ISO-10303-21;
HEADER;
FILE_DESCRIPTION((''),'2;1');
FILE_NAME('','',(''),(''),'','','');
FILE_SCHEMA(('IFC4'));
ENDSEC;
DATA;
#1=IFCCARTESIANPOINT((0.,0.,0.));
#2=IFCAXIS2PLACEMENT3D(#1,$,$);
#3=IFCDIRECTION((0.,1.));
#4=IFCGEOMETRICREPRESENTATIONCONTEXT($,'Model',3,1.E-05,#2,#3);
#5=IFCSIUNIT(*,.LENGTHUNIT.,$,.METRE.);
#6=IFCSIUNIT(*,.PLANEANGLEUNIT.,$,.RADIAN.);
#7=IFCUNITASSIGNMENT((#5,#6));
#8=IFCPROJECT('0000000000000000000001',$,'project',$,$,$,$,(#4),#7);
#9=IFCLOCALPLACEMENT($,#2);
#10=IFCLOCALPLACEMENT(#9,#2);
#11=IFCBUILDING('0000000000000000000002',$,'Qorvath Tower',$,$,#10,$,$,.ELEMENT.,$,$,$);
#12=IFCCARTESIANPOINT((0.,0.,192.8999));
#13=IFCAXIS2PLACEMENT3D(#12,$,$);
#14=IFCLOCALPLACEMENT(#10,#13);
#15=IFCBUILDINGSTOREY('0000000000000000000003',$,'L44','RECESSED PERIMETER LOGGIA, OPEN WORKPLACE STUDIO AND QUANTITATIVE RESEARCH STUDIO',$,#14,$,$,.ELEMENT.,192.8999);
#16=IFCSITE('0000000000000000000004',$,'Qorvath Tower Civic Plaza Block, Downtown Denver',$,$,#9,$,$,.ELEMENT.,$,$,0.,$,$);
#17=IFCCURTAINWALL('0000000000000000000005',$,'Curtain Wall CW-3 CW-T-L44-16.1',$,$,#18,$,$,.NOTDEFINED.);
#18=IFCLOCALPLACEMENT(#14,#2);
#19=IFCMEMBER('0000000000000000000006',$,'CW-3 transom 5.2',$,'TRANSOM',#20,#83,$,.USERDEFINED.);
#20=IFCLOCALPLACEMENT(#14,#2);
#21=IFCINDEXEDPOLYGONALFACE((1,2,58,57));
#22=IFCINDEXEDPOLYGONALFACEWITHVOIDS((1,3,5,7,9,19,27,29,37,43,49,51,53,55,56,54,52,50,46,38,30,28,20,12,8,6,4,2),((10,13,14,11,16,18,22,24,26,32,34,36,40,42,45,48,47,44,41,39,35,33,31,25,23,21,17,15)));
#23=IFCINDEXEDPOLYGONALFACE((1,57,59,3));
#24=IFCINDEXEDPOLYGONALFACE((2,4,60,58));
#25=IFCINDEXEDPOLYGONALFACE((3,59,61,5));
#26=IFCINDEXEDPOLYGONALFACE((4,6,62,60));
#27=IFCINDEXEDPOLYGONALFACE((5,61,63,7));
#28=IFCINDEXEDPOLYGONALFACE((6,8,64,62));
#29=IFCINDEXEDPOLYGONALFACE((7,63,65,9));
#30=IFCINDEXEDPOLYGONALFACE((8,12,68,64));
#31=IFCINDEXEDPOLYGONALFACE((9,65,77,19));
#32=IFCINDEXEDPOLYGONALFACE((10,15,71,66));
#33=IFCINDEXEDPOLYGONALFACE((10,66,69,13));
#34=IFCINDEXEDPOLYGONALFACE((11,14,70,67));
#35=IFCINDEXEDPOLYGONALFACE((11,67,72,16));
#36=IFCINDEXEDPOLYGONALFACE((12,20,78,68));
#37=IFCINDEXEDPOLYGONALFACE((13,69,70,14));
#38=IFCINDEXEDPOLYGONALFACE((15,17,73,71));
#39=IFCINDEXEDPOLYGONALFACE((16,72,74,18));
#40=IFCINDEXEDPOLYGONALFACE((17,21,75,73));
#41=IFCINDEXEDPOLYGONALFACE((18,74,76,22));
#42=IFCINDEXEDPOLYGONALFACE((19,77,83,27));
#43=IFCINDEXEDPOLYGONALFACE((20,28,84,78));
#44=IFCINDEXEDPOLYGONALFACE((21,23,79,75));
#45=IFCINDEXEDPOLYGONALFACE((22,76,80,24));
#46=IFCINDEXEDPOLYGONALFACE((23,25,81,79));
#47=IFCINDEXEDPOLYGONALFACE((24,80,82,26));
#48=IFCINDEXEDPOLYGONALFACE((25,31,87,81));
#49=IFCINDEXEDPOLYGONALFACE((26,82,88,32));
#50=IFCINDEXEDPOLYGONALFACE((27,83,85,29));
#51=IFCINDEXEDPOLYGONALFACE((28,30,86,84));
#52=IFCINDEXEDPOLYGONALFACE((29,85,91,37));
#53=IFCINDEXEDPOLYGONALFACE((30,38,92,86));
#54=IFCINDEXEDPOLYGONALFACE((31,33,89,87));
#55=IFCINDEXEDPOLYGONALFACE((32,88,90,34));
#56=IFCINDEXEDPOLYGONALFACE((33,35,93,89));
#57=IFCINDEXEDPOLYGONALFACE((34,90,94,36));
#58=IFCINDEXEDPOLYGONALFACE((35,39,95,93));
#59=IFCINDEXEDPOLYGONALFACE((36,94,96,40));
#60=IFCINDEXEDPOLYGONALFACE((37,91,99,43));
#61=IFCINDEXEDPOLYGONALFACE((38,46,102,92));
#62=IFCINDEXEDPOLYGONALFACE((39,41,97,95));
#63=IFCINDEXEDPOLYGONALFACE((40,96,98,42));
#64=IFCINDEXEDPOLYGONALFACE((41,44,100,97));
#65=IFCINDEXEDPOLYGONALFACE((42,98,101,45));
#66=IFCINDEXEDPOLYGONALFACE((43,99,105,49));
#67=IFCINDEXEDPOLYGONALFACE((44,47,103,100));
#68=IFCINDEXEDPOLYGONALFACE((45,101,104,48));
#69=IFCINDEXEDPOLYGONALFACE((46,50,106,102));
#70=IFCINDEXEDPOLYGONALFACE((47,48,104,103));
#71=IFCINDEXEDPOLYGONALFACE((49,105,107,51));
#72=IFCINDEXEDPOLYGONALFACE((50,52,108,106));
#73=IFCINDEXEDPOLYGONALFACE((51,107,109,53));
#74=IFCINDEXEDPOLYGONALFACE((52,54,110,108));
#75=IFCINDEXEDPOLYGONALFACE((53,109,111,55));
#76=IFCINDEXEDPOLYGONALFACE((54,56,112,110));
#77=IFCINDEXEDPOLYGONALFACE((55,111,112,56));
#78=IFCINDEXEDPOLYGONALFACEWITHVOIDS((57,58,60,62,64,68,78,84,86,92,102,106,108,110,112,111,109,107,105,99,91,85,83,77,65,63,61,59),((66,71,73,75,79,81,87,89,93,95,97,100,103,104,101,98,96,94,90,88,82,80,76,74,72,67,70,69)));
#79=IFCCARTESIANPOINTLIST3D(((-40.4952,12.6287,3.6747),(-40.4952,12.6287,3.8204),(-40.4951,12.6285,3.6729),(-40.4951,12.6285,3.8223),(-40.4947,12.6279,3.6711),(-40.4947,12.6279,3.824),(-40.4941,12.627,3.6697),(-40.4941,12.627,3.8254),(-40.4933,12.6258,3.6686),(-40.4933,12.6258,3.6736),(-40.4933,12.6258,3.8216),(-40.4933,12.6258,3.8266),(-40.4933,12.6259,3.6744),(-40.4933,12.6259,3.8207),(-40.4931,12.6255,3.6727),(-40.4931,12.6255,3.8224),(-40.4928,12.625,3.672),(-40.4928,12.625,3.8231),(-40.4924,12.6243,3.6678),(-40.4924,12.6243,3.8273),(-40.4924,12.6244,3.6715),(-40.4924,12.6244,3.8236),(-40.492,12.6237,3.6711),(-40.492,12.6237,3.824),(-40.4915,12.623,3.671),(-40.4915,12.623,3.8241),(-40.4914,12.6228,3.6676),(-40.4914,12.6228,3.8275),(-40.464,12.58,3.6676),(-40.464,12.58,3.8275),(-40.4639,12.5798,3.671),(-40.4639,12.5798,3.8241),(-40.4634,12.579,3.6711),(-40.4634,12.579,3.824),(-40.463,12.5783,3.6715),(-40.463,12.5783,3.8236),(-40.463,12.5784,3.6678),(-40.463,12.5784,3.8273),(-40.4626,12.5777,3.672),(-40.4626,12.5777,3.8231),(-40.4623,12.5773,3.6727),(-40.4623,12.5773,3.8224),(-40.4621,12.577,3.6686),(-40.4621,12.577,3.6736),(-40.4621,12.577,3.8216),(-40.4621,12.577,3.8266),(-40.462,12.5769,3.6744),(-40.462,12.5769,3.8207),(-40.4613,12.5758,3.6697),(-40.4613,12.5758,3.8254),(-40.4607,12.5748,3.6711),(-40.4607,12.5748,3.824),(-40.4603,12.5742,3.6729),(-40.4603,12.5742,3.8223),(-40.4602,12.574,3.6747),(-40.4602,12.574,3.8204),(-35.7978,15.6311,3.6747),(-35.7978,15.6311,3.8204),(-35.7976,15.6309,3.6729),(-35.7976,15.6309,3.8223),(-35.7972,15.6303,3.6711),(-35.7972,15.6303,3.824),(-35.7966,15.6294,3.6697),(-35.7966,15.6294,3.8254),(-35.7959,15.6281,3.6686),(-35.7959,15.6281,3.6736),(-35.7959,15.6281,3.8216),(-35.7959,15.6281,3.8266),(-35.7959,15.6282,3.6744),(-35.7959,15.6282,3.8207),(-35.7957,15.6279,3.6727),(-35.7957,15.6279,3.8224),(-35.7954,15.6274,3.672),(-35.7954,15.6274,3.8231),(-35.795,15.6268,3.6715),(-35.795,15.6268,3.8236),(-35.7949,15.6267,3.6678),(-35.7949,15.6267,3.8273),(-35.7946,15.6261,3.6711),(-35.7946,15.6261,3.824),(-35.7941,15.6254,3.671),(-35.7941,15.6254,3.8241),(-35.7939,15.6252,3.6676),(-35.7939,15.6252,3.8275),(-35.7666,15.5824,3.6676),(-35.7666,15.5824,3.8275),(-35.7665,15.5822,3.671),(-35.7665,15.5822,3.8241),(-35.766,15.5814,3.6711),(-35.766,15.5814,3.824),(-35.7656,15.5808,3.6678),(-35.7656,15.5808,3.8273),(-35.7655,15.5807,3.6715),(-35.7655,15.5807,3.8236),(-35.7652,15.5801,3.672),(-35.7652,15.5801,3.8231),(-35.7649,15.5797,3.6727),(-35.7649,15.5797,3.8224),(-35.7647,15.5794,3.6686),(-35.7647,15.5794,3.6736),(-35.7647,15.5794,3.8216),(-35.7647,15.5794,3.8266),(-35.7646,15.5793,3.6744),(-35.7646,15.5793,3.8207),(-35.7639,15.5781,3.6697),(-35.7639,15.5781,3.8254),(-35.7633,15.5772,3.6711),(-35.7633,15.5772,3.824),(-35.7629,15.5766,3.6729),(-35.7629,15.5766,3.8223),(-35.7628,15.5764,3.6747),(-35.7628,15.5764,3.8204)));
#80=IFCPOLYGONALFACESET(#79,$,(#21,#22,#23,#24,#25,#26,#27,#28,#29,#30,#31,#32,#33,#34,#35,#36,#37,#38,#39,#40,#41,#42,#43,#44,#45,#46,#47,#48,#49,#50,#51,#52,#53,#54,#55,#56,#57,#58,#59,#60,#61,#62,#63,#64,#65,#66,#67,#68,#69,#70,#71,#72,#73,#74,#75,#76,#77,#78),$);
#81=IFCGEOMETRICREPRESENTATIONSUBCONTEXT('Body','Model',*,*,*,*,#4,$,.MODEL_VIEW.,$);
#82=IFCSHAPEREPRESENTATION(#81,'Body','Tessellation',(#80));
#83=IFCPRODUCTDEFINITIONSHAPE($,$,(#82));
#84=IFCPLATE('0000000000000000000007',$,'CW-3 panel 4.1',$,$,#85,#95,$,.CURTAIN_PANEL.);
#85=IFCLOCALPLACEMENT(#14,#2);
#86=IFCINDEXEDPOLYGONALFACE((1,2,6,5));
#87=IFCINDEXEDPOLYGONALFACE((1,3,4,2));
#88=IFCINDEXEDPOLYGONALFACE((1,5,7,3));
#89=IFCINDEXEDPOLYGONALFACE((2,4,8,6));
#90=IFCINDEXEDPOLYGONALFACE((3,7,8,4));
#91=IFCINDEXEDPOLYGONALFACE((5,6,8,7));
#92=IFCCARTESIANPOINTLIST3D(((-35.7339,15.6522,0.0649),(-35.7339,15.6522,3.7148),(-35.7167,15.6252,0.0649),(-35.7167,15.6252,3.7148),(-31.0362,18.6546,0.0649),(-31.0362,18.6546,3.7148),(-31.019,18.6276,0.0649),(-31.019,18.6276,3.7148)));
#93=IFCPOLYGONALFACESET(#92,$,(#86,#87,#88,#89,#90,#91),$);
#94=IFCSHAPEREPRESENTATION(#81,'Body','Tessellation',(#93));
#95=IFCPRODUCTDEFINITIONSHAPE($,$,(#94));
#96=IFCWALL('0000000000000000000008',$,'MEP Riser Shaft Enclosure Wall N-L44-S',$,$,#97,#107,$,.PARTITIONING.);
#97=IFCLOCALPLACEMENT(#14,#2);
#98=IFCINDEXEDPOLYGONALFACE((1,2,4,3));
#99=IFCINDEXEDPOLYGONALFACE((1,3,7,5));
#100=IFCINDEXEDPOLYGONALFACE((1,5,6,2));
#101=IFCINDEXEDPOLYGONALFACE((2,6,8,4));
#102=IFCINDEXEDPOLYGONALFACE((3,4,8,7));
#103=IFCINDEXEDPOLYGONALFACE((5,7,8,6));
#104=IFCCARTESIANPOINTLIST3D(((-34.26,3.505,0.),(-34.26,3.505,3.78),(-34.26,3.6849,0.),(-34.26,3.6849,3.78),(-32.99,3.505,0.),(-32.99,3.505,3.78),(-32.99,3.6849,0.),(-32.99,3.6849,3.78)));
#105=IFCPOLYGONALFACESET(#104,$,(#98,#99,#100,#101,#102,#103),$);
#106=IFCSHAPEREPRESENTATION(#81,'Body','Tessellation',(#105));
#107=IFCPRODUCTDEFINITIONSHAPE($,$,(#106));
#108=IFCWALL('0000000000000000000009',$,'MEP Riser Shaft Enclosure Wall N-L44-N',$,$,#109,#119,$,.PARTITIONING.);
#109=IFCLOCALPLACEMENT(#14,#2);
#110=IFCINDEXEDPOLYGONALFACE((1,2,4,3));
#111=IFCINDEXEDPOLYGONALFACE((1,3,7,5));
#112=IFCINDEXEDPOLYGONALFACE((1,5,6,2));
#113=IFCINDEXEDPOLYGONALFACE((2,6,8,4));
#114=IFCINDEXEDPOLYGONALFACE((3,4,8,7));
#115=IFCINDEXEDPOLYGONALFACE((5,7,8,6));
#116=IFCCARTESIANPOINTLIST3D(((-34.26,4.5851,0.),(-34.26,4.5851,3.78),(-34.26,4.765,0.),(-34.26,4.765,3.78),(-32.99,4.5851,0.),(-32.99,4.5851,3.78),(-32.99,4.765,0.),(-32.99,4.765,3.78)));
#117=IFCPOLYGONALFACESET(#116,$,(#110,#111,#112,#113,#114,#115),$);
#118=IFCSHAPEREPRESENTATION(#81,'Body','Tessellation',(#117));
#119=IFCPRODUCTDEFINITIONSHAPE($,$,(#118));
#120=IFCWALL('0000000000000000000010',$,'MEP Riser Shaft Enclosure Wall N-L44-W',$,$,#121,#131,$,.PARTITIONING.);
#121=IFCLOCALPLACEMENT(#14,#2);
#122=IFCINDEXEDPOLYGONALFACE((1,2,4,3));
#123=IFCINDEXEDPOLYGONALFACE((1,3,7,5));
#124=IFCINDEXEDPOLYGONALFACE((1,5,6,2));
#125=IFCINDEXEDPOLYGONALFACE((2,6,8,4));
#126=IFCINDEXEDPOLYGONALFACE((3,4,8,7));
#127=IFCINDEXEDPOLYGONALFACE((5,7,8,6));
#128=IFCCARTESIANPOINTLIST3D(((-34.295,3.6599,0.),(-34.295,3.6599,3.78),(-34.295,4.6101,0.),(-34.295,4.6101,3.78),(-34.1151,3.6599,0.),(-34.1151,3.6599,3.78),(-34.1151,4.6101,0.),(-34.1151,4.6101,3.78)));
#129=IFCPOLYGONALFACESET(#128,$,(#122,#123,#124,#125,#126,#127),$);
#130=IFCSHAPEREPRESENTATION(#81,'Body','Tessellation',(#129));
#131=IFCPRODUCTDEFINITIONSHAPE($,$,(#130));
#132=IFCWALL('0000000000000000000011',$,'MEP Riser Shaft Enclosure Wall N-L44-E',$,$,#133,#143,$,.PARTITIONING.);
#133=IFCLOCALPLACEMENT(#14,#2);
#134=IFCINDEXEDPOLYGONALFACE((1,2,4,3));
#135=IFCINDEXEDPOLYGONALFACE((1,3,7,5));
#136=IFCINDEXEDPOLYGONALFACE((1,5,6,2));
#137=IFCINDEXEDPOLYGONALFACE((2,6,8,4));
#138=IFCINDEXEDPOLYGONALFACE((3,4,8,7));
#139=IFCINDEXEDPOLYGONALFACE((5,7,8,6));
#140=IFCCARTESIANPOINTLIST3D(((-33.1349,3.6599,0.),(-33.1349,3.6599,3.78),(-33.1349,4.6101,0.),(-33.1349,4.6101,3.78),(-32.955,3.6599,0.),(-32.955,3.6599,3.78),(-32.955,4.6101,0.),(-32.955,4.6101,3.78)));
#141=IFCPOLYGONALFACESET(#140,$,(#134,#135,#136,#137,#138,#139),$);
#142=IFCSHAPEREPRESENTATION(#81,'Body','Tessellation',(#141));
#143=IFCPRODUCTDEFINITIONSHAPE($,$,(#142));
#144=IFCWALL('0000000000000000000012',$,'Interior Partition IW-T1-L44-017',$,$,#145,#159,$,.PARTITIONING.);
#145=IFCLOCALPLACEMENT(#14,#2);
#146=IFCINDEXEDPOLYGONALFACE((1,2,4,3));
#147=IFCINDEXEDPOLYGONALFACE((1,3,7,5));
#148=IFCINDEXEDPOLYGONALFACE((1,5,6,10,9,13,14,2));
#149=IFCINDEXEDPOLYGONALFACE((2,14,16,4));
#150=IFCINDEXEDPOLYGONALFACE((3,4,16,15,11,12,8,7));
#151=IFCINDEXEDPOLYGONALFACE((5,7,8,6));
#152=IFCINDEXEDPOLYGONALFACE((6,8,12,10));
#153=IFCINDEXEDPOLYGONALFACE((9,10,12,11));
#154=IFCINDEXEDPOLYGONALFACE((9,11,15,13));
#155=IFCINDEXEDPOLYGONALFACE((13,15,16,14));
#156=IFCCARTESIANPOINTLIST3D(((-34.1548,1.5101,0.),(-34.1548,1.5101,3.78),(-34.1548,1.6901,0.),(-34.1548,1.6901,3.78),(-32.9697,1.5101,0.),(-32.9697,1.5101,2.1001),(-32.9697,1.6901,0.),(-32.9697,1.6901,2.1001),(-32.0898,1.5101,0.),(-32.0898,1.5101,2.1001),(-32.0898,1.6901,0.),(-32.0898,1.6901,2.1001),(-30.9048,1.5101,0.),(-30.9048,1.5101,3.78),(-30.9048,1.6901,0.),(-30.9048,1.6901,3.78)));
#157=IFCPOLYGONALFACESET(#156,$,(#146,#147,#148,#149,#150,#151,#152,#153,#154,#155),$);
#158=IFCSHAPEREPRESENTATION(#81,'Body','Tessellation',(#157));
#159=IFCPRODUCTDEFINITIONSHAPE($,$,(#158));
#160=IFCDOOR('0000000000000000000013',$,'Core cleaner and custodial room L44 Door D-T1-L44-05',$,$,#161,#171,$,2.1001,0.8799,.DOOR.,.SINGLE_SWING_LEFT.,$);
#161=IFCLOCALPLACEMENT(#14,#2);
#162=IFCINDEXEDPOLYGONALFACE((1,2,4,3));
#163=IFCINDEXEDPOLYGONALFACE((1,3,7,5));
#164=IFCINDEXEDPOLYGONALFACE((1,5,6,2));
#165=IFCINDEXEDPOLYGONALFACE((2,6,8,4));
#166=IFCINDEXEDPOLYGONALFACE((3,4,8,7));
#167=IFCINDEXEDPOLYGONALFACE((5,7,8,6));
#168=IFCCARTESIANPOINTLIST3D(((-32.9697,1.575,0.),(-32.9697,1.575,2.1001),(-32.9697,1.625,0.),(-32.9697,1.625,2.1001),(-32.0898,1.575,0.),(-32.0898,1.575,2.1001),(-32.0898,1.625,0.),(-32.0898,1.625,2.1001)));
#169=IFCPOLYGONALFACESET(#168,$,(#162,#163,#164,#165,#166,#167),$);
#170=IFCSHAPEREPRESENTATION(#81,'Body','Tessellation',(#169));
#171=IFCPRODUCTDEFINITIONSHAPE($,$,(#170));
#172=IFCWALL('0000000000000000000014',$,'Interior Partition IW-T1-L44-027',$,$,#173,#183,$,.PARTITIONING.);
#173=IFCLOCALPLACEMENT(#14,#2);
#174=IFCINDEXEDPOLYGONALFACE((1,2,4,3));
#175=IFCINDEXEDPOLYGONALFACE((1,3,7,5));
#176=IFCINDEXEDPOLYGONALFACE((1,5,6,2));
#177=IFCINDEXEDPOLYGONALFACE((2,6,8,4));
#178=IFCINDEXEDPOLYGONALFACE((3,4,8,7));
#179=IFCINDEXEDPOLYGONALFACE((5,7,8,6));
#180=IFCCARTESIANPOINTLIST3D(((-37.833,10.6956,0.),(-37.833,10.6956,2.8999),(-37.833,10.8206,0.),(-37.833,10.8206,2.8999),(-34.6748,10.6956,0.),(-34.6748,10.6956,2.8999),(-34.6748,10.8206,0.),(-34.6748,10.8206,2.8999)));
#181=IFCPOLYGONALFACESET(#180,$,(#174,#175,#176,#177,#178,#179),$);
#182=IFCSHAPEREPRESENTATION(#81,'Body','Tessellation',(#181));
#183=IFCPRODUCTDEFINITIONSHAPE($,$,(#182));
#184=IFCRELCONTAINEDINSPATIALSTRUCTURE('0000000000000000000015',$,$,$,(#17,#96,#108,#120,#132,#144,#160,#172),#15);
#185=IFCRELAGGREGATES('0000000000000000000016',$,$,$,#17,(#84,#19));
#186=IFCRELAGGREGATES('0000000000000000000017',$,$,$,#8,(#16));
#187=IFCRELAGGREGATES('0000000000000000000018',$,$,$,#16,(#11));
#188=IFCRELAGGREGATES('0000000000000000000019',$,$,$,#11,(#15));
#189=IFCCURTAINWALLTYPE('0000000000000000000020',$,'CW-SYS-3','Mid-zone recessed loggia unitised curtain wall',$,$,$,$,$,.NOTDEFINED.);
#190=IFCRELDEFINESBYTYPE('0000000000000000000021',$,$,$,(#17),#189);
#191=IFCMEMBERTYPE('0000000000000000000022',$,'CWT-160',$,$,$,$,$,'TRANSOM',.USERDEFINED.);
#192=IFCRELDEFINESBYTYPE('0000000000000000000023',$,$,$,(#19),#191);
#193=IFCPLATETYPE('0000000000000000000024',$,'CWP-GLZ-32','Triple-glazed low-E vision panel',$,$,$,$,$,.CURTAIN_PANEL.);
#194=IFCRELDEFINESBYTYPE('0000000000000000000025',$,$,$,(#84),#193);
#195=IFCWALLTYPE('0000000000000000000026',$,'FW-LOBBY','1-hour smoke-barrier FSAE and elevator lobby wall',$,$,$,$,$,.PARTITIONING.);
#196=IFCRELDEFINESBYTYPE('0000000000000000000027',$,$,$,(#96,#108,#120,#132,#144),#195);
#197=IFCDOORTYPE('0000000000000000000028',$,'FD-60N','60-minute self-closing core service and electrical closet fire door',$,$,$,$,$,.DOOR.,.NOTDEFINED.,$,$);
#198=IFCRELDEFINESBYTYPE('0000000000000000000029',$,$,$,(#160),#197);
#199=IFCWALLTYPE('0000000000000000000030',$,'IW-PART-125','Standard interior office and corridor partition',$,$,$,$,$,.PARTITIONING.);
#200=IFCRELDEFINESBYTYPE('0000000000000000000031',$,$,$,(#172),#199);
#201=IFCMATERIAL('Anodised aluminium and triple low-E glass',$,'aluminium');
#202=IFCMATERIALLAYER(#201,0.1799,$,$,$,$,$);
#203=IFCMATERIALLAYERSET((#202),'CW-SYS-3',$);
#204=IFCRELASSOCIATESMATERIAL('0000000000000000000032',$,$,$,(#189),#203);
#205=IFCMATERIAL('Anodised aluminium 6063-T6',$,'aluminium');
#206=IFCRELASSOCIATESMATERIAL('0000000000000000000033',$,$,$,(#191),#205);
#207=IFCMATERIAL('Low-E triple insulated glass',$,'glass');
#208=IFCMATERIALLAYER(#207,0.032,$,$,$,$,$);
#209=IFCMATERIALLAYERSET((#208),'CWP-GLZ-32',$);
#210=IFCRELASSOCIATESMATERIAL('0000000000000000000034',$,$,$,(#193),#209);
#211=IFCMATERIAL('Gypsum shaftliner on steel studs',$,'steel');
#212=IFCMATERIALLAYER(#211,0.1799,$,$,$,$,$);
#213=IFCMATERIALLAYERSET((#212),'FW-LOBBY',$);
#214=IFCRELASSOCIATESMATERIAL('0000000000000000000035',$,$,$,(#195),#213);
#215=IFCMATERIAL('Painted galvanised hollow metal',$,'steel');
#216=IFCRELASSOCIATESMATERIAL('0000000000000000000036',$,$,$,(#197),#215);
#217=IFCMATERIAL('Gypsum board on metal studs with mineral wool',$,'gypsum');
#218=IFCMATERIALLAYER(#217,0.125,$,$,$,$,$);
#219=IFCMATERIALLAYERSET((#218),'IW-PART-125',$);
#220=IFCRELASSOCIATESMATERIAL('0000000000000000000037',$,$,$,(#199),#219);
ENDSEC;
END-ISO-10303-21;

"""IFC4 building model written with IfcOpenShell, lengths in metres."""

from ifc_helpers import new_model, si_unit, direction, frame, frame_2d, origin, origin_2d, place, context, subcontext, project, spatial, rectangle, hollow_rectangle, extrude, material, layer, layer_set, material_profile, profile_set, type_object, element, fill, aggregate, save


model = new_model("IFC4")

# Units and contexts
model_context = context("Model", 3, precision=1e-05, world=origin(), true_north=direction((0.0, 1.0)))
body_context = subcontext(model_context, "Body", "Model", "MODEL_VIEW")
ifc_project = project(units=[si_unit("LENGTHUNIT", "METRE"), si_unit("PLANEANGLEUNIT", "RADIAN")], contexts=[model_context])

# Site, building, storey
site_placement = place(None, origin())
site = spatial("IfcSite", under=ifc_project, at=site_placement, Name="Qorvath Tower Civic Plaza Block, Downtown Denver", CompositionType="ELEMENT", RefElevation=0.0)
building_placement = place(site_placement, origin())
building = spatial("IfcBuilding", under=site, at=building_placement, Name="Qorvath Tower", CompositionType="ELEMENT")
storey_placement = place(building_placement, frame((0.0, 0.0, 192.8999)))
storey = spatial("IfcBuildingStorey", under=building, at=storey_placement, Name="L44", Description="RECESSED PERIMETER LOGGIA, OPEN WORKPLACE STUDIO AND QUANTITATIVE RESEARCH STUDIO", CompositionType="ELEMENT", Elevation=192.8999)

# Curtain wall, member, plate
ifc_material_1 = material(Name="Anodised aluminium and triple low-E glass", Category="aluminium")
ifc_layer_1 = layer(ifc_material_1, 0.1799)
ifc_layer_set_1 = layer_set([ifc_layer_1], Name="CW-SYS-3")
curtain_wall_type = type_object("IfcCurtainWallType", Name="CW-SYS-3", Description="Mid-zone recessed loggia unitised curtain wall", PredefinedType="NOTDEFINED", material=ifc_layer_set_1)
curtain_wall_placement = place(storey_placement, origin())
curtain_wall = element("IfcCurtainWall", 1, at=curtain_wall_placement, inside=storey, type_object=curtain_wall_type, Name="Curtain Wall CW-3 CW-T-L44-16.1", PredefinedType="NOTDEFINED")
ifc_material_2 = material(Name="Anodised aluminium 6063-T6", Category="aluminium")
ifc_material_profile_1 = material_profile(ifc_material_2, hollow_rectangle(XDim=0.0649, YDim=0.1599, WallThickness=0.0034, InnerFilletRadius=0.0034, OuterFilletRadius=0.0071, at=origin_2d()), Name="CWT 160x65")
ifc_profile_set_1 = profile_set([ifc_material_profile_1], Name="Anodised aluminium 6063-T6")
member_type_1 = type_object("IfcMemberType", Name="CWT-160", ElementType="TRANSOM", PredefinedType="USERDEFINED", material=ifc_profile_set_1)
member_1_placement = place(storey_placement, frame((-35.7803, 15.6038, 3.7476), z_axis=(-0.842594, -0.538549, 0.0), x_axis=(0.538549, -0.842594, 0.0)))
member_1 = element("IfcMember", 2, at=member_1_placement, type_object=member_type_1, Name="CW-3 transom 5.2", ObjectType="TRANSOM", PredefinedType="USERDEFINED", context=body_context, shape_type="SweptSolid", body=[
    extrude(hollow_rectangle(XDim=0.0649, YDim=0.1599, WallThickness=0.0034, InnerFilletRadius=0.0034, OuterFilletRadius=0.0071, at=origin_2d()), origin(), (0.0, 0.0, 1.0), 5.575),
])
ifc_material_3 = material(Name="Low-E triple insulated glass", Category="glass")
ifc_layer_2 = layer(ifc_material_3, 0.032)
ifc_layer_set_2 = layer_set([ifc_layer_2], Name="CWP-GLZ-32")
plate_type = type_object("IfcPlateType", Name="CWP-GLZ-32", Description="Triple-glazed low-E vision panel", PredefinedType="CURTAIN_PANEL", material=ifc_layer_set_2)
plate_placement = place(storey_placement, frame((-33.3765, 17.1399, 0.0649), z_axis=(0.0, 0.0, 1.0), x_axis=(-0.842604, -0.538534, 0.0)))
plate = element("IfcPlate", 3, at=plate_placement, type_object=plate_type, Name="CW-3 panel 4.1", PredefinedType="CURTAIN_PANEL", context=body_context, shape_type="SweptSolid", body=[
    extrude(rectangle(XDim=5.5752, YDim=0.032, at=origin_2d()), origin(), (0.0, 0.0, 1.0), 3.6499),
])
aggregate(curtain_wall, [plate, member_1])

# Walls
ifc_material_4 = material(Name="Gypsum shaftliner on steel studs", Category="steel")
ifc_layer_3 = layer(ifc_material_4, 0.1799)
ifc_layer_set_3 = layer_set([ifc_layer_3], Name="FW-LOBBY")
wall_type_1 = type_object("IfcWallType", Name="FW-LOBBY", Description="1-hour smoke-barrier FSAE and elevator lobby wall", PredefinedType="PARTITIONING", material=ifc_layer_set_3)
for number, where, z_axis, x_axis, name in (
    (4, (-32.99, 3.595, 0.0), (0.0, 0.0, 1.0), (-1.0, 0.0, 0.0), "MEP Riser Shaft Enclosure Wall N-L44-S"),
    (5, (-34.26, 4.675, 0.0), (0.0, 0.0, 1.0), (1.0, 0.0, 0.0), "MEP Riser Shaft Enclosure Wall N-L44-N"),
):
    element("IfcWall", number, at=place(storey_placement, frame(where, z_axis=z_axis, x_axis=x_axis)), inside=storey, type_object=wall_type_1, Name=name, PredefinedType="PARTITIONING", context=body_context, shape_type="SweptSolid", body=[
        extrude(rectangle(XDim=1.27, YDim=0.1799, at=frame_2d((0.635, 0.0))), origin(), (0.0, 0.0, 1.0), 3.78),
    ])
for number, where, z_axis, x_axis, name in (
    (6, (-34.2051, 3.6599, 0.0), (0.0, 0.0, 1.0), (0.0, 1.0, 0.0), "MEP Riser Shaft Enclosure Wall N-L44-W"),
    (7, (-33.0449, 4.6101, 0.0), (0.0, 0.0, 1.0), (0.0, -1.0, 0.0), "MEP Riser Shaft Enclosure Wall N-L44-E"),
):
    element("IfcWall", number, at=place(storey_placement, frame(where, z_axis=z_axis, x_axis=x_axis)), inside=storey, type_object=wall_type_1, Name=name, PredefinedType="PARTITIONING", context=body_context, shape_type="SweptSolid", body=[
        extrude(rectangle(XDim=0.9502, YDim=0.1799, at=frame_2d((0.4751, 0.0))), origin(), (0.0, 0.0, 1.0), 3.78),
    ])

# Wall, opening, door
wall_1_placement = place(storey_placement, frame((-34.1548, 1.6001, 0.0), z_axis=(0.0, 0.0, 1.0), x_axis=(1.0, 0.0, 0.0)))
wall_1 = element("IfcWall", 8, at=wall_1_placement, inside=storey, type_object=wall_type_1, Name="Interior Partition IW-T1-L44-017", PredefinedType="PARTITIONING", context=body_context, shape_type="SweptSolid", body=[
    extrude(rectangle(XDim=3.25, YDim=0.1799, at=frame_2d((1.625, 0.0))), origin(), (0.0, 0.0, 1.0), 3.78),
])
opening_1_placement = place(wall_1_placement, frame((1.1851, 0.0, 0.0)))
opening_1 = element("IfcOpeningElement", 9, at=opening_1_placement, cuts=wall_1, PredefinedType="OPENING", context=body_context, shape_type="SweptSolid", body=[
    extrude(rectangle(XDim=0.8799, YDim=2.1001, at=frame_2d((0.4399, 1.05))), frame((0.0, 0.1001, 0.0), z_axis=(0.0, -1.0, 0.0), x_axis=(1.0, 0.0, 0.0)), (0.0, 0.0, 1.0), 0.2),
])
ifc_material_5 = material(Name="Painted galvanised hollow metal", Category="steel")
door_type_1 = type_object("IfcDoorType", Name="FD-60N", Description="60-minute self-closing core service and electrical closet fire door", OperationType="NOTDEFINED", PredefinedType="DOOR", material=ifc_material_5)
door_1_placement = place(opening_1_placement, origin())
door_1 = element("IfcDoor", 10, at=door_1_placement, inside=storey, type_object=door_type_1, Name="Core cleaner and custodial room L44 Door D-T1-L44-05", OperationType="SINGLE_SWING_LEFT", OverallHeight=2.1001, OverallWidth=0.8799, PredefinedType="DOOR", context=body_context, shape_type="SweptSolid", body=[
    extrude(rectangle(XDim=0.8799, YDim=2.1001, at=frame_2d((0.4399, 1.05))), frame((0.0, 0.0249, 0.0), z_axis=(0.0, -1.0, 0.0), x_axis=(1.0, 0.0, 0.0)), (0.0, 0.0, 1.0), 0.05),
])
fill(opening_1, door_1)

# Wall
ifc_material_6 = material(Name="Gypsum board on metal studs with mineral wool", Category="gypsum")
ifc_layer_4 = layer(ifc_material_6, 0.125)
ifc_layer_set_4 = layer_set([ifc_layer_4], Name="IW-PART-125")
wall_type_2 = type_object("IfcWallType", Name="IW-PART-125", Description="Standard interior office and corridor partition", PredefinedType="PARTITIONING", material=ifc_layer_set_4)
wall_2_placement = place(storey_placement, frame((-34.6748, 10.7581, 0.0), z_axis=(0.0, 0.0, 1.0), x_axis=(-1.0, 0.0, 0.0)))
element("IfcWall", 11, at=wall_2_placement, inside=storey, type_object=wall_type_2, Name="Interior Partition IW-T1-L44-027", PredefinedType="PARTITIONING", context=body_context, shape_type="SweptSolid", body=[
    extrude(rectangle(XDim=3.1582, YDim=0.125, at=frame_2d((1.5791, 0.0))), origin(), (0.0, 0.0, 1.0), 2.8999),
])

save(model, "model.ifc")
